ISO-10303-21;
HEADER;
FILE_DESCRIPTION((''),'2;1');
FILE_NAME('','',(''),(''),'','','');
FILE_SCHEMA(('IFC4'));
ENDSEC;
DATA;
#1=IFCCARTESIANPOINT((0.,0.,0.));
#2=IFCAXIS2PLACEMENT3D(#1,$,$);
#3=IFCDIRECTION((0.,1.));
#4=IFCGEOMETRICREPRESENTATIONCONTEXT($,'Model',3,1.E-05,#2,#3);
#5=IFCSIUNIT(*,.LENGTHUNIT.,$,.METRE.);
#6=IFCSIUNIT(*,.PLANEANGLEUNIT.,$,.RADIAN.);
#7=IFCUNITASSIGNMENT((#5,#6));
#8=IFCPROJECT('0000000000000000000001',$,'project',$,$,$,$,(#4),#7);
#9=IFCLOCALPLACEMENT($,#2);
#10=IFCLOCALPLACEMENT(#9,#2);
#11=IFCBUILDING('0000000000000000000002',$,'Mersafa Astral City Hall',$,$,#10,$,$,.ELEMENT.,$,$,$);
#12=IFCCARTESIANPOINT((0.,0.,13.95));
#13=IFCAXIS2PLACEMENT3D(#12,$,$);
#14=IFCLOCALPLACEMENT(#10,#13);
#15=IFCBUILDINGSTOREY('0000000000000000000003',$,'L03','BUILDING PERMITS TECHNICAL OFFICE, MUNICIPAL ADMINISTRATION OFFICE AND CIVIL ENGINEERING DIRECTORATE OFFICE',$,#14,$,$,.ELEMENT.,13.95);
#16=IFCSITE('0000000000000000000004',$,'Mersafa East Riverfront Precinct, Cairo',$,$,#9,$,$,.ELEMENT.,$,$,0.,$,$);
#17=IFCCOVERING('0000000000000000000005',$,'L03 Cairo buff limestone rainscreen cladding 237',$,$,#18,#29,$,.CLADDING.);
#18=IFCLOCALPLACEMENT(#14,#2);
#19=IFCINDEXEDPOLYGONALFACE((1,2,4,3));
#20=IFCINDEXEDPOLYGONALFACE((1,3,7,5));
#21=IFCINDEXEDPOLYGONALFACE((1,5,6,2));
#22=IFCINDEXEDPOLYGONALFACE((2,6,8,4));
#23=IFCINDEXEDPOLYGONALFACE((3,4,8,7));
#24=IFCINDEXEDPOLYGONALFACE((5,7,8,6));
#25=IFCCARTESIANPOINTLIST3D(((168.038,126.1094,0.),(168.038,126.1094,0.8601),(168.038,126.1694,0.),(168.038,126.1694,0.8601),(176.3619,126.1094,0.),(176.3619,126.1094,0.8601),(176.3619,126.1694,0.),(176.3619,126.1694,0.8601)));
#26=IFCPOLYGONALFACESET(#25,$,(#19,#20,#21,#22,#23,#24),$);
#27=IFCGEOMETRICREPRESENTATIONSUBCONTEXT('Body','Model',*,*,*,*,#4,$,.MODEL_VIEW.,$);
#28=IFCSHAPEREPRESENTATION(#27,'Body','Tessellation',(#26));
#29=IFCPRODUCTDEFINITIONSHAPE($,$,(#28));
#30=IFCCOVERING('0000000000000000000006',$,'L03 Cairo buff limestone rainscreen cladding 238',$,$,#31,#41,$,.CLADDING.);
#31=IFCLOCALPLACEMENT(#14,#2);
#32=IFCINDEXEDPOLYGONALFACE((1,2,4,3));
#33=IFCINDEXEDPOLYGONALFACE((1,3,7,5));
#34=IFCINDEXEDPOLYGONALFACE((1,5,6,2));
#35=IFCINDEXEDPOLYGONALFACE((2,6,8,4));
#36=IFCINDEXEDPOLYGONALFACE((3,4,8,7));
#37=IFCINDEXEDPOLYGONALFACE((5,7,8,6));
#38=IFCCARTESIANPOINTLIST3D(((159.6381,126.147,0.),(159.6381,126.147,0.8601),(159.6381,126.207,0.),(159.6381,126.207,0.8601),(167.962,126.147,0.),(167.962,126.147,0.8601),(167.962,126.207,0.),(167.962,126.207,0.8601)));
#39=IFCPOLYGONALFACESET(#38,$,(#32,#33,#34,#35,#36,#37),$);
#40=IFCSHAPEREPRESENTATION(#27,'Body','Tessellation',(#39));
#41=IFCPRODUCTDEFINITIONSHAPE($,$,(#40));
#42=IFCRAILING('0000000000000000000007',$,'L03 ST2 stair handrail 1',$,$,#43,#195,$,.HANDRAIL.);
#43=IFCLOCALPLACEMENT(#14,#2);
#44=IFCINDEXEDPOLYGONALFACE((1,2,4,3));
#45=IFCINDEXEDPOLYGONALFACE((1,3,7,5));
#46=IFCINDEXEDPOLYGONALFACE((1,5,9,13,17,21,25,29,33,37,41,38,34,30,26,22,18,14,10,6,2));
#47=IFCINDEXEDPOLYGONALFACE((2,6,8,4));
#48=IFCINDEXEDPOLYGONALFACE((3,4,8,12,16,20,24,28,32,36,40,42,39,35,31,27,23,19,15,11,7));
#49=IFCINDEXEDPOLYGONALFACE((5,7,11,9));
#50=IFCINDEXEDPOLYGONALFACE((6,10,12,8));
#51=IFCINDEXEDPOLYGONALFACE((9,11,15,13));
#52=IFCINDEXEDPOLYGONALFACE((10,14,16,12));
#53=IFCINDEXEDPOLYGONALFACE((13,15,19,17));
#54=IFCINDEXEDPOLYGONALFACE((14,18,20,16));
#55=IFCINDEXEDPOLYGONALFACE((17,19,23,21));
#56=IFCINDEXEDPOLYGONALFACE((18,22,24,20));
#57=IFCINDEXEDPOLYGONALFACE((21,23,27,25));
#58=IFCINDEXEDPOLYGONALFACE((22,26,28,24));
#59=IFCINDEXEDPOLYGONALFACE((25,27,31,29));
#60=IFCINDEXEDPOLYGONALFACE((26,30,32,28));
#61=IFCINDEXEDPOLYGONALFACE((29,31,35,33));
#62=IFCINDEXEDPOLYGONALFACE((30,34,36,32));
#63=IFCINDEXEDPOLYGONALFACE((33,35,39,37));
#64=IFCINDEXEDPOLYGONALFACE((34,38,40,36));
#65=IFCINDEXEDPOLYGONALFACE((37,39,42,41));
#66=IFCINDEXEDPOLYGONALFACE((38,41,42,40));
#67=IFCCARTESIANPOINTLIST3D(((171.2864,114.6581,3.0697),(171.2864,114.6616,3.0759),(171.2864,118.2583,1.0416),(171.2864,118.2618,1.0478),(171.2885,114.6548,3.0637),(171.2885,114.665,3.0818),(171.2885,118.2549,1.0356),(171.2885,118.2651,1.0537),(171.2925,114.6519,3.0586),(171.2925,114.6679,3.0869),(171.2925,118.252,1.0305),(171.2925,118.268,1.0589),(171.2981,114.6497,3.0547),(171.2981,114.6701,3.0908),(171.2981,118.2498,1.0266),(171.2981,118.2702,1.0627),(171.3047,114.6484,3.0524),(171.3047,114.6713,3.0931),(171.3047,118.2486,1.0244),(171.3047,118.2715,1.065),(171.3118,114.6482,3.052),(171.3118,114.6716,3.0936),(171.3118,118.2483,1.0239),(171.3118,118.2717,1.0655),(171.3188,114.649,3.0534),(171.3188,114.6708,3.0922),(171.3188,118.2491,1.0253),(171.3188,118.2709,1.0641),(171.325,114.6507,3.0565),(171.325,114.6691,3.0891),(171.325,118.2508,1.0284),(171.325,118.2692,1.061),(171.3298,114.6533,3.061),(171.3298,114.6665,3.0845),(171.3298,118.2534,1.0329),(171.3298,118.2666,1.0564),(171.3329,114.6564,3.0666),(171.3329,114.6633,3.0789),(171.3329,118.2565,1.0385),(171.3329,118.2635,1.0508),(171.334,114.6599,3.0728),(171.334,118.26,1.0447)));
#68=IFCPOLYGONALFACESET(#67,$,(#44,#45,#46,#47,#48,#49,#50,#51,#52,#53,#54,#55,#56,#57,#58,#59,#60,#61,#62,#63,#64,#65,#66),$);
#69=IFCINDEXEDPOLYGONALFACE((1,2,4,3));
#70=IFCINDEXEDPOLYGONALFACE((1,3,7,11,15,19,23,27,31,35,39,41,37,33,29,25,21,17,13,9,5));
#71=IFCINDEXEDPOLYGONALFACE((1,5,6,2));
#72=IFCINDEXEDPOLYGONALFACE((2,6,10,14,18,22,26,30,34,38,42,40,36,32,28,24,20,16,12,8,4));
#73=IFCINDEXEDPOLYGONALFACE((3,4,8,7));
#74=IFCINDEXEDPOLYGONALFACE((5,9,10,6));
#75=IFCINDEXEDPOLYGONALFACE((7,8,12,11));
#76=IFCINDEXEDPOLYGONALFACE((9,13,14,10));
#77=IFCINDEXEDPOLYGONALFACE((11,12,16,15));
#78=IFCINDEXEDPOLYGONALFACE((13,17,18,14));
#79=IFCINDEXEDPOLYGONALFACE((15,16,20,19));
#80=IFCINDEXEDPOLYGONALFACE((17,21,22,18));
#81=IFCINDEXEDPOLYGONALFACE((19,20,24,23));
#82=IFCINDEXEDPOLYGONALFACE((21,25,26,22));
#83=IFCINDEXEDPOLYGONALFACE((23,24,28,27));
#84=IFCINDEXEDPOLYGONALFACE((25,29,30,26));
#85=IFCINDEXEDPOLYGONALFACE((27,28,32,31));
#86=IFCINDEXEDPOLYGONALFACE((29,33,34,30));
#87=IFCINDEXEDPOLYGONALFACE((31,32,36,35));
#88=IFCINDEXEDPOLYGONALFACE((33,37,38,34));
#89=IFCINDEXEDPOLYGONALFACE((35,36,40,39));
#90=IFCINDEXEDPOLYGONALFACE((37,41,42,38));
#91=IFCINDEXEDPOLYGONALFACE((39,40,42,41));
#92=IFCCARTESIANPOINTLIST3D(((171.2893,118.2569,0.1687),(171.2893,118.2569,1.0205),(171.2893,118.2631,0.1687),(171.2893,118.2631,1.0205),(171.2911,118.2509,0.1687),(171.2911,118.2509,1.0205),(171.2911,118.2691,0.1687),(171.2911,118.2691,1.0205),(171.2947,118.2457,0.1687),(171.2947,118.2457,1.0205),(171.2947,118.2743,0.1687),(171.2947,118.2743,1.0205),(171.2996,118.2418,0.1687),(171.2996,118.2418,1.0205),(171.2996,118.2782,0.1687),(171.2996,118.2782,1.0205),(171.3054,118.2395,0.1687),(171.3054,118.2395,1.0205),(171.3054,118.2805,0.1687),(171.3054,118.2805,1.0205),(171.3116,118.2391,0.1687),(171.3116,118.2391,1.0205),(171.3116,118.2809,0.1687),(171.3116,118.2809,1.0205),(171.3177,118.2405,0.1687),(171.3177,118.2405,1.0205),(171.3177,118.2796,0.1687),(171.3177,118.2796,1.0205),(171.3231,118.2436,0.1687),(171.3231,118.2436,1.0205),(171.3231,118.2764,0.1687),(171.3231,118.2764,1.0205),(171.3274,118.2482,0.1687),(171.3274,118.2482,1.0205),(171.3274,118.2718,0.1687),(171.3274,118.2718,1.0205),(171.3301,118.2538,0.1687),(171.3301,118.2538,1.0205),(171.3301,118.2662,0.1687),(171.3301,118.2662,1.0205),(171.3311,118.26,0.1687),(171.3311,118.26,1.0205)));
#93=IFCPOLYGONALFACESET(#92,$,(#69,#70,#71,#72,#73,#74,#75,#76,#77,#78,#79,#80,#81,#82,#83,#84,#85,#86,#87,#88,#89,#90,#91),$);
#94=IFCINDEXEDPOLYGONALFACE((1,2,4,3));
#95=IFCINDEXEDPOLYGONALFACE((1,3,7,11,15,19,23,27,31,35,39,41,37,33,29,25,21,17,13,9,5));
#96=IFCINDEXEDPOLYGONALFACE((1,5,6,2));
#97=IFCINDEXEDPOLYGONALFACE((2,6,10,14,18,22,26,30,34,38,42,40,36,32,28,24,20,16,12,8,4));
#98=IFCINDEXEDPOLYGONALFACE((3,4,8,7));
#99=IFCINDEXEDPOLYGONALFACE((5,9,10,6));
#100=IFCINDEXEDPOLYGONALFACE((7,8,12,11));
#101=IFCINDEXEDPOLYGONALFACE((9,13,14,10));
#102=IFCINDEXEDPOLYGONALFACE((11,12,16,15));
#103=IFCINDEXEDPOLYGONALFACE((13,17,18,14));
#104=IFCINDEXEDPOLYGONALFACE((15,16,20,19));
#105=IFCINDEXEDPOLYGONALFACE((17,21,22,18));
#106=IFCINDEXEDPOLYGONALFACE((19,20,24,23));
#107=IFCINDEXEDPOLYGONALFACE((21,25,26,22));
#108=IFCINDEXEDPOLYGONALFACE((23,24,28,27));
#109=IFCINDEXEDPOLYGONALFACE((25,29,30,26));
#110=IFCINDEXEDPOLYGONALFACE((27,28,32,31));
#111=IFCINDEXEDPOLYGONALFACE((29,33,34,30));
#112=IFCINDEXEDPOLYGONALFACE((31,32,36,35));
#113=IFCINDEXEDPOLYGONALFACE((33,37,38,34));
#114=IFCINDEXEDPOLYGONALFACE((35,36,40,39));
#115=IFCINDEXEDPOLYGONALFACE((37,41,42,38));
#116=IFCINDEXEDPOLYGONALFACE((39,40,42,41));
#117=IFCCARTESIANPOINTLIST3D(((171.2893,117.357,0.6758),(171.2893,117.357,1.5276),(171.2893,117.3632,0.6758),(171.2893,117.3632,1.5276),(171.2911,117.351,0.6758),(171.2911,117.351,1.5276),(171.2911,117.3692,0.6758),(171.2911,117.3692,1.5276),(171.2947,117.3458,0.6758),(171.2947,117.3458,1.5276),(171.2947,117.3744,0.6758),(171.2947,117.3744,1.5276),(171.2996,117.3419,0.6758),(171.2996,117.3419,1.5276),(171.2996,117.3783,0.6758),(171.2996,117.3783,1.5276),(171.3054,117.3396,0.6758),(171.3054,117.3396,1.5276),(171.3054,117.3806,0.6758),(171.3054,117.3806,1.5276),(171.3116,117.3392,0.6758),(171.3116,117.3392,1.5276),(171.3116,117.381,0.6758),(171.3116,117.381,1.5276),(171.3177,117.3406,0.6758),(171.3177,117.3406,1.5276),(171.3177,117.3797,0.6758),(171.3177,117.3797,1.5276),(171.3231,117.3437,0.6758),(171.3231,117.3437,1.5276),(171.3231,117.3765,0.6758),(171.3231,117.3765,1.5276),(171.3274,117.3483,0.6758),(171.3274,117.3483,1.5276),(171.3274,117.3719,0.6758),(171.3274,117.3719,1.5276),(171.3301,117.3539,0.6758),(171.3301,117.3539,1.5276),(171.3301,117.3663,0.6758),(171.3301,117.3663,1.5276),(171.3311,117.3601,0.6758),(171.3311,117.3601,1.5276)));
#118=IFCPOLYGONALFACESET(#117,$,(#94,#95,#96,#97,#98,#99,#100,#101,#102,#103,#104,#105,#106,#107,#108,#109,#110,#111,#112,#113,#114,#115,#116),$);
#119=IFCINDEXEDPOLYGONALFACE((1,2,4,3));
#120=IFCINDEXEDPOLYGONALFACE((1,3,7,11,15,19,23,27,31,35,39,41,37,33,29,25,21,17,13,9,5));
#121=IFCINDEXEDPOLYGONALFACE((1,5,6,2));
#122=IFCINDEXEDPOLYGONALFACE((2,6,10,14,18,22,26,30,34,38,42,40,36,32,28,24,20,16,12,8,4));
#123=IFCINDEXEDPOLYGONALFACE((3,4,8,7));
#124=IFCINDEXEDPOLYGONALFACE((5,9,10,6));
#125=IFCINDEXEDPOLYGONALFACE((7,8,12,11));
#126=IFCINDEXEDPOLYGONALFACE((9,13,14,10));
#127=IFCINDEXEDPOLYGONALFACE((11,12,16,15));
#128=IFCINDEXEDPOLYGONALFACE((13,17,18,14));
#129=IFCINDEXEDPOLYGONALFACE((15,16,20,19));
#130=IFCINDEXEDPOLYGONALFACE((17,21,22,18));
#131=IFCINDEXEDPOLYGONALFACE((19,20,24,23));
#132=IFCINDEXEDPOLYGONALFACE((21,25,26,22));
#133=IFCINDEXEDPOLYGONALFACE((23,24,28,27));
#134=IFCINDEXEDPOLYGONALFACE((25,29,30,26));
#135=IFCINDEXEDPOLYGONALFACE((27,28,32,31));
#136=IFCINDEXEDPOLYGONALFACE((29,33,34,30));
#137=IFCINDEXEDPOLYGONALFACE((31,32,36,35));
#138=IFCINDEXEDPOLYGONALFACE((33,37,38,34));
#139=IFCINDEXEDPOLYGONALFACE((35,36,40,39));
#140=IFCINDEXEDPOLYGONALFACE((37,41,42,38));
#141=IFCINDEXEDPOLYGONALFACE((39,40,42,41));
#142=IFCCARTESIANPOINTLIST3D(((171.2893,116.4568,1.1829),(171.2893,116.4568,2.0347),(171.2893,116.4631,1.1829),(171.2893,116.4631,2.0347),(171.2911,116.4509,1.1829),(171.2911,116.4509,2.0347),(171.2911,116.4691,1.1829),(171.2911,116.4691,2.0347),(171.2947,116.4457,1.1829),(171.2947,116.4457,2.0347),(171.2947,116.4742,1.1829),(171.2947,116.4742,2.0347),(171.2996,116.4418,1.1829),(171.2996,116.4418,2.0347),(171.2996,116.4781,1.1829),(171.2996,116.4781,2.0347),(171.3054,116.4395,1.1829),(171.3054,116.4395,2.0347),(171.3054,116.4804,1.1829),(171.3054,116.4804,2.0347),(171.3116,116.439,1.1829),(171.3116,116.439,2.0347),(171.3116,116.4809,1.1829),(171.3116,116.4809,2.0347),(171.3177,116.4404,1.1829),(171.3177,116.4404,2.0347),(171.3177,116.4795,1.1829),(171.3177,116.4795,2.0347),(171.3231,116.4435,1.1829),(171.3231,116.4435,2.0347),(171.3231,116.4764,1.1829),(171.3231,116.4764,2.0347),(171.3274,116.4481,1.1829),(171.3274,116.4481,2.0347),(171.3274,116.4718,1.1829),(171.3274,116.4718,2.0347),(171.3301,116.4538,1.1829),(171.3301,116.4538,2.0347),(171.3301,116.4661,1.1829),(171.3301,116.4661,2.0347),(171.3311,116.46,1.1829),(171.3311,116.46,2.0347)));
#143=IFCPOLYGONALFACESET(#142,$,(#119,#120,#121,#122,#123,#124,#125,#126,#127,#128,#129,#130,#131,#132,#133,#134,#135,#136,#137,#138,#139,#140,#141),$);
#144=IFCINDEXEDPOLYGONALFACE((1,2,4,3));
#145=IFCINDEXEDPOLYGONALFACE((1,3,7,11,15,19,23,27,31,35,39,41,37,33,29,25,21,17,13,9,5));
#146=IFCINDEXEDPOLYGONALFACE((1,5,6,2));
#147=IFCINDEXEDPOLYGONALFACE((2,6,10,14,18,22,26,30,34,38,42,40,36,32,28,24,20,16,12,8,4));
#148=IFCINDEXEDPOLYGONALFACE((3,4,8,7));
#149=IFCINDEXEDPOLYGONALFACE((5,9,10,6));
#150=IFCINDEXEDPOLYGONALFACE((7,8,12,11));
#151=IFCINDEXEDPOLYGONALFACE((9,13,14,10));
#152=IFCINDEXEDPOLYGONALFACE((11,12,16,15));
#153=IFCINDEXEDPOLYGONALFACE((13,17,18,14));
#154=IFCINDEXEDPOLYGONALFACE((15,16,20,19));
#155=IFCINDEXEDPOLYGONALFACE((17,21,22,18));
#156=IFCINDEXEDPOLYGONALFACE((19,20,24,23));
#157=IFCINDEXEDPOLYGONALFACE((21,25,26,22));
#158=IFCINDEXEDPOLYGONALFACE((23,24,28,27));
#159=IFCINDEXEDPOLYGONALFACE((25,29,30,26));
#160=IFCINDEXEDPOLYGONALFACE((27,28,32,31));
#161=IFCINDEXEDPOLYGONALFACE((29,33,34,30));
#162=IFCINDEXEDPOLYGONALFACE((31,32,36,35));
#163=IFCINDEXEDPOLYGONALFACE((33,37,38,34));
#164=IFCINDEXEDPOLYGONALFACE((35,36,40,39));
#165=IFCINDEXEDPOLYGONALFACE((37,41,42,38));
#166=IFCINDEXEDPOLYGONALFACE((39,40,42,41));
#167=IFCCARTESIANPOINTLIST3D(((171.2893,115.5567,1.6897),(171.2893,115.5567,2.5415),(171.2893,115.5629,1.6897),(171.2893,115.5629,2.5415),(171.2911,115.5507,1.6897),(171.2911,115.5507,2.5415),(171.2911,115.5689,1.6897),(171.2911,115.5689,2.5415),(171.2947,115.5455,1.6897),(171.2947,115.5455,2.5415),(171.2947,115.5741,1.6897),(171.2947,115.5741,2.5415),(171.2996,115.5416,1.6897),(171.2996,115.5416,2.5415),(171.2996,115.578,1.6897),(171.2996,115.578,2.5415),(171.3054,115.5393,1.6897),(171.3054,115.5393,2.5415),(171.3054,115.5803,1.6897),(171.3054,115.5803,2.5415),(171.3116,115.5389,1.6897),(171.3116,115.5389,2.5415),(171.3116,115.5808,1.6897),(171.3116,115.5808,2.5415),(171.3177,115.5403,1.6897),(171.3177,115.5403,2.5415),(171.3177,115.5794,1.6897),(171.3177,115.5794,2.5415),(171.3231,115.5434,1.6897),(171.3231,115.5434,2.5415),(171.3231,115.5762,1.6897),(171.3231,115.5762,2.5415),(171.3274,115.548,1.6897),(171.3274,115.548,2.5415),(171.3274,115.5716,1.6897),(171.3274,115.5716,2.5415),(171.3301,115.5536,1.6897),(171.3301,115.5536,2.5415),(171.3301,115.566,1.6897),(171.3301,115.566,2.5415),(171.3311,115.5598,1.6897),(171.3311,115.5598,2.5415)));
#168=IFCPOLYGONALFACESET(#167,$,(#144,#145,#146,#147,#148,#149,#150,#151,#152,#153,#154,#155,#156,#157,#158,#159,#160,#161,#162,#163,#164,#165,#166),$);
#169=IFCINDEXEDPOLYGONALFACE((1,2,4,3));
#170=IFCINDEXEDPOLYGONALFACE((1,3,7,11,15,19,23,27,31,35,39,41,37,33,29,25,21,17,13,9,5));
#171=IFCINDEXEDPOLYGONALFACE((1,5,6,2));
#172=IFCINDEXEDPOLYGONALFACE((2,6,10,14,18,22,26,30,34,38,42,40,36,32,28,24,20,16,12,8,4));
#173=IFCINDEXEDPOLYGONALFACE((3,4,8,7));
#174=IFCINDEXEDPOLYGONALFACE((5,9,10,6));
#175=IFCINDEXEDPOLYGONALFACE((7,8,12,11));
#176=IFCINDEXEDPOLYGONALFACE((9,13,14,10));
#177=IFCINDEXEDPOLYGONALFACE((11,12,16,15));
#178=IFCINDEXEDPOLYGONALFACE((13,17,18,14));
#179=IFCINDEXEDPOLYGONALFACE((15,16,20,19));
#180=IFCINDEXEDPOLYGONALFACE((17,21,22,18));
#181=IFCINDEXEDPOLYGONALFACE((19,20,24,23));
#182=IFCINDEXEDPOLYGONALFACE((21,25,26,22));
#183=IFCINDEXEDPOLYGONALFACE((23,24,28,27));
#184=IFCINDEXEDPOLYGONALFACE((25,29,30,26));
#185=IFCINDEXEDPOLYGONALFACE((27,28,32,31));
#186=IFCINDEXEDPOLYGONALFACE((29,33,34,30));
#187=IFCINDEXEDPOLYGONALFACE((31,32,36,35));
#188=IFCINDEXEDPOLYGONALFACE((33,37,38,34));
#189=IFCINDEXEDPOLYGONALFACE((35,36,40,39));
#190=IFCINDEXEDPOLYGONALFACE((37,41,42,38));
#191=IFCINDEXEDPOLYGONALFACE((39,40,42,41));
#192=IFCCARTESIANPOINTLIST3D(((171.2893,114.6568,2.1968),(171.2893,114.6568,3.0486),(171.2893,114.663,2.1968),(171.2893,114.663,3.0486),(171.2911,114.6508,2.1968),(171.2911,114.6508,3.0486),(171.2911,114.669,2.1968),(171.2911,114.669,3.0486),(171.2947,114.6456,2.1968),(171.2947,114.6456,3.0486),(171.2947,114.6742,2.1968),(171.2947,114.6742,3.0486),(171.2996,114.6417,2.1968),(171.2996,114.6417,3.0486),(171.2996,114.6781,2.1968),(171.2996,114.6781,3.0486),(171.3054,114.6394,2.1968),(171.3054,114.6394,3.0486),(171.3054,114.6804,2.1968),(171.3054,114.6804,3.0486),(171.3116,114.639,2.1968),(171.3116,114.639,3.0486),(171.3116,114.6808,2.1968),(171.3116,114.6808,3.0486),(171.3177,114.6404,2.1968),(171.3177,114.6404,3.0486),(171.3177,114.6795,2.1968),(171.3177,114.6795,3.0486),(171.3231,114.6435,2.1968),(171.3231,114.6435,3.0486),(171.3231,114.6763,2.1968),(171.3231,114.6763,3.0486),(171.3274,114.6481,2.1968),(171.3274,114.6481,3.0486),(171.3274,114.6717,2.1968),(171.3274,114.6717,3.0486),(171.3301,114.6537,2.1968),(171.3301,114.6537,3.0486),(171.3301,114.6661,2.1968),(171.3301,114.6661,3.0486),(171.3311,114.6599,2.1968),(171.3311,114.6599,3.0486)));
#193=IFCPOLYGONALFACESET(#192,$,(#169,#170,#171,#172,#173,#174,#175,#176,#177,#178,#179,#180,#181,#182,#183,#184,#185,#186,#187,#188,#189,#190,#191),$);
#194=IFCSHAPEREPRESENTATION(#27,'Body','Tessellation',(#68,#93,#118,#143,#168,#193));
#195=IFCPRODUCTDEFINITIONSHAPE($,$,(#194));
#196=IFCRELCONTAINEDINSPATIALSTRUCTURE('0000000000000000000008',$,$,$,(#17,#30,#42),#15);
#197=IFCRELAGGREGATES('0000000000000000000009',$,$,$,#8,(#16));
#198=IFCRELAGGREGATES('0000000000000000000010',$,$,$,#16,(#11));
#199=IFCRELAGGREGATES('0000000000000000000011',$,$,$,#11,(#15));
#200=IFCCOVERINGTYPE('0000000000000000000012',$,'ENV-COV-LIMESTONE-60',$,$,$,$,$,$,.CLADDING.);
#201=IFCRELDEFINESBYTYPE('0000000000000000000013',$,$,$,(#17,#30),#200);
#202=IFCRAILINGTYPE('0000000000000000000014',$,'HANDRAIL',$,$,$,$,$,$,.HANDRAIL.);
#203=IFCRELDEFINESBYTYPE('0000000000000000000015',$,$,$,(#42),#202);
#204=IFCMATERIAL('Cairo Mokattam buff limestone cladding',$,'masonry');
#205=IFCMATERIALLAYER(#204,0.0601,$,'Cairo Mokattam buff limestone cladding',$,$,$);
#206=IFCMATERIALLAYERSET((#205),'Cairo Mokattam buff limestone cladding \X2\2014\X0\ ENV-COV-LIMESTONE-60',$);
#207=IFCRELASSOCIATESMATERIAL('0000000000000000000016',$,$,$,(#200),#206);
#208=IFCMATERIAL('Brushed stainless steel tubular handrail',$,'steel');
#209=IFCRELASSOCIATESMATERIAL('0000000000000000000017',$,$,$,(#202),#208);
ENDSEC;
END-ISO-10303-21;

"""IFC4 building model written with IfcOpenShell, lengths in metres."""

from ifc_helpers import new_model, si_unit, direction, frame, origin, origin_2d, place, context, subcontext, project, spatial, rectangle, circle, extrude, material, layer, layer_set, type_object, element, save


model = new_model("IFC4")

# Units and contexts
model_context = context("Model", 3, precision=1e-05, world=origin(), true_north=direction((0.0, 1.0)))
body_context = subcontext(model_context, "Body", "Model", "MODEL_VIEW")
ifc_project = project(units=[si_unit("LENGTHUNIT", "METRE"), si_unit("PLANEANGLEUNIT", "RADIAN")], contexts=[model_context])

# Site, building, storey
site_placement = place(None, origin())
site = spatial("IfcSite", under=ifc_project, at=site_placement, Name="Mersafa East Riverfront Precinct, Cairo", CompositionType="ELEMENT", RefElevation=0.0)
building_placement = place(site_placement, origin())
building = spatial("IfcBuilding", under=site, at=building_placement, Name="Mersafa Astral City Hall", CompositionType="ELEMENT")
storey_placement = place(building_placement, frame((0.0, 0.0, 13.95)))
storey = spatial("IfcBuildingStorey", under=building, at=storey_placement, Name="L03", Description="BUILDING PERMITS TECHNICAL OFFICE, MUNICIPAL ADMINISTRATION OFFICE AND CIVIL ENGINEERING DIRECTORATE OFFICE", CompositionType="ELEMENT", Elevation=13.95)

# Coverings
ifc_material_1 = material(Name="Cairo Mokattam buff limestone cladding", Category="masonry")
ifc_layer_1 = layer(ifc_material_1, 0.0601, Name="Cairo Mokattam buff limestone cladding")
ifc_layer_set_1 = layer_set([ifc_layer_1], Name="Cairo Mokattam buff limestone cladding — ENV-COV-LIMESTONE-60")
covering_type = type_object("IfcCoveringType", Name="ENV-COV-LIMESTONE-60", PredefinedType="CLADDING", material=ifc_layer_set_1)
for number, where, z_axis, x_axis, name in (
    (1, (172.2, 126.1394, 0.0), (0.0, 0.0, 1.0), (-1.0, 0.0, 0.0), "L03 Cairo buff limestone rainscreen cladding 237"),
    (2, (163.8, 126.177, 0.0), (0.0, 0.0, 1.0), (-1.0, 0.0, 0.0), "L03 Cairo buff limestone rainscreen cladding 238"),
):
    element("IfcCovering", number, at=place(storey_placement, frame(where, z_axis=z_axis, x_axis=x_axis)), inside=storey, type_object=covering_type, Name=name, PredefinedType="CLADDING", context=body_context, shape_type="SweptSolid", body=[
        extrude(rectangle(XDim=8.324, YDim=0.0601, at=origin_2d()), origin(), (0.0, 0.0, 1.0), 0.8601),
    ])

# Railing
ifc_material_2 = material(Name="Brushed stainless steel tubular handrail", Category="steel")
railing_type = type_object("IfcRailingType", Name="HANDRAIL", PredefinedType="HANDRAIL", material=ifc_material_2)
railing_placement = place(storey_placement, frame((171.3101, 118.26, 0.1687)))
element("IfcRailing", 3, at=railing_placement, inside=storey, type_object=railing_type, Name="L03 ST2 stair handrail 1", PredefinedType="HANDRAIL", context=body_context, shape_type="SweptSolid", body=[
    extrude(circle(Radius=0.0239, at=origin_2d()), frame((0.0, 0.0, 0.876), z_axis=(0.0, -0.871263, 0.490817), x_axis=(1.0, 0.0, 0.0)), (0.0, 0.0, 1.0), 4.1321),
    extrude(circle(Radius=0.021, at=origin_2d()), origin(), (0.0, 0.0, 1.0), 0.8518),
    extrude(circle(Radius=0.021, at=origin_2d()), frame((0.0, -0.8999, 0.5071)), (0.0, 0.0, 1.0), 0.8518),
    extrude(circle(Radius=0.021, at=origin_2d()), frame((0.0, -1.8, 1.0142)), (0.0, 0.0, 1.0), 0.8518),
    extrude(circle(Radius=0.021, at=origin_2d()), frame((0.0, -2.7002, 1.521)), (0.0, 0.0, 1.0), 0.8518),
    extrude(circle(Radius=0.021, at=origin_2d()), frame((0.0, -3.6001, 2.0281)), (0.0, 0.0, 1.0), 0.8518),
])

save(model, "model.ifc")
